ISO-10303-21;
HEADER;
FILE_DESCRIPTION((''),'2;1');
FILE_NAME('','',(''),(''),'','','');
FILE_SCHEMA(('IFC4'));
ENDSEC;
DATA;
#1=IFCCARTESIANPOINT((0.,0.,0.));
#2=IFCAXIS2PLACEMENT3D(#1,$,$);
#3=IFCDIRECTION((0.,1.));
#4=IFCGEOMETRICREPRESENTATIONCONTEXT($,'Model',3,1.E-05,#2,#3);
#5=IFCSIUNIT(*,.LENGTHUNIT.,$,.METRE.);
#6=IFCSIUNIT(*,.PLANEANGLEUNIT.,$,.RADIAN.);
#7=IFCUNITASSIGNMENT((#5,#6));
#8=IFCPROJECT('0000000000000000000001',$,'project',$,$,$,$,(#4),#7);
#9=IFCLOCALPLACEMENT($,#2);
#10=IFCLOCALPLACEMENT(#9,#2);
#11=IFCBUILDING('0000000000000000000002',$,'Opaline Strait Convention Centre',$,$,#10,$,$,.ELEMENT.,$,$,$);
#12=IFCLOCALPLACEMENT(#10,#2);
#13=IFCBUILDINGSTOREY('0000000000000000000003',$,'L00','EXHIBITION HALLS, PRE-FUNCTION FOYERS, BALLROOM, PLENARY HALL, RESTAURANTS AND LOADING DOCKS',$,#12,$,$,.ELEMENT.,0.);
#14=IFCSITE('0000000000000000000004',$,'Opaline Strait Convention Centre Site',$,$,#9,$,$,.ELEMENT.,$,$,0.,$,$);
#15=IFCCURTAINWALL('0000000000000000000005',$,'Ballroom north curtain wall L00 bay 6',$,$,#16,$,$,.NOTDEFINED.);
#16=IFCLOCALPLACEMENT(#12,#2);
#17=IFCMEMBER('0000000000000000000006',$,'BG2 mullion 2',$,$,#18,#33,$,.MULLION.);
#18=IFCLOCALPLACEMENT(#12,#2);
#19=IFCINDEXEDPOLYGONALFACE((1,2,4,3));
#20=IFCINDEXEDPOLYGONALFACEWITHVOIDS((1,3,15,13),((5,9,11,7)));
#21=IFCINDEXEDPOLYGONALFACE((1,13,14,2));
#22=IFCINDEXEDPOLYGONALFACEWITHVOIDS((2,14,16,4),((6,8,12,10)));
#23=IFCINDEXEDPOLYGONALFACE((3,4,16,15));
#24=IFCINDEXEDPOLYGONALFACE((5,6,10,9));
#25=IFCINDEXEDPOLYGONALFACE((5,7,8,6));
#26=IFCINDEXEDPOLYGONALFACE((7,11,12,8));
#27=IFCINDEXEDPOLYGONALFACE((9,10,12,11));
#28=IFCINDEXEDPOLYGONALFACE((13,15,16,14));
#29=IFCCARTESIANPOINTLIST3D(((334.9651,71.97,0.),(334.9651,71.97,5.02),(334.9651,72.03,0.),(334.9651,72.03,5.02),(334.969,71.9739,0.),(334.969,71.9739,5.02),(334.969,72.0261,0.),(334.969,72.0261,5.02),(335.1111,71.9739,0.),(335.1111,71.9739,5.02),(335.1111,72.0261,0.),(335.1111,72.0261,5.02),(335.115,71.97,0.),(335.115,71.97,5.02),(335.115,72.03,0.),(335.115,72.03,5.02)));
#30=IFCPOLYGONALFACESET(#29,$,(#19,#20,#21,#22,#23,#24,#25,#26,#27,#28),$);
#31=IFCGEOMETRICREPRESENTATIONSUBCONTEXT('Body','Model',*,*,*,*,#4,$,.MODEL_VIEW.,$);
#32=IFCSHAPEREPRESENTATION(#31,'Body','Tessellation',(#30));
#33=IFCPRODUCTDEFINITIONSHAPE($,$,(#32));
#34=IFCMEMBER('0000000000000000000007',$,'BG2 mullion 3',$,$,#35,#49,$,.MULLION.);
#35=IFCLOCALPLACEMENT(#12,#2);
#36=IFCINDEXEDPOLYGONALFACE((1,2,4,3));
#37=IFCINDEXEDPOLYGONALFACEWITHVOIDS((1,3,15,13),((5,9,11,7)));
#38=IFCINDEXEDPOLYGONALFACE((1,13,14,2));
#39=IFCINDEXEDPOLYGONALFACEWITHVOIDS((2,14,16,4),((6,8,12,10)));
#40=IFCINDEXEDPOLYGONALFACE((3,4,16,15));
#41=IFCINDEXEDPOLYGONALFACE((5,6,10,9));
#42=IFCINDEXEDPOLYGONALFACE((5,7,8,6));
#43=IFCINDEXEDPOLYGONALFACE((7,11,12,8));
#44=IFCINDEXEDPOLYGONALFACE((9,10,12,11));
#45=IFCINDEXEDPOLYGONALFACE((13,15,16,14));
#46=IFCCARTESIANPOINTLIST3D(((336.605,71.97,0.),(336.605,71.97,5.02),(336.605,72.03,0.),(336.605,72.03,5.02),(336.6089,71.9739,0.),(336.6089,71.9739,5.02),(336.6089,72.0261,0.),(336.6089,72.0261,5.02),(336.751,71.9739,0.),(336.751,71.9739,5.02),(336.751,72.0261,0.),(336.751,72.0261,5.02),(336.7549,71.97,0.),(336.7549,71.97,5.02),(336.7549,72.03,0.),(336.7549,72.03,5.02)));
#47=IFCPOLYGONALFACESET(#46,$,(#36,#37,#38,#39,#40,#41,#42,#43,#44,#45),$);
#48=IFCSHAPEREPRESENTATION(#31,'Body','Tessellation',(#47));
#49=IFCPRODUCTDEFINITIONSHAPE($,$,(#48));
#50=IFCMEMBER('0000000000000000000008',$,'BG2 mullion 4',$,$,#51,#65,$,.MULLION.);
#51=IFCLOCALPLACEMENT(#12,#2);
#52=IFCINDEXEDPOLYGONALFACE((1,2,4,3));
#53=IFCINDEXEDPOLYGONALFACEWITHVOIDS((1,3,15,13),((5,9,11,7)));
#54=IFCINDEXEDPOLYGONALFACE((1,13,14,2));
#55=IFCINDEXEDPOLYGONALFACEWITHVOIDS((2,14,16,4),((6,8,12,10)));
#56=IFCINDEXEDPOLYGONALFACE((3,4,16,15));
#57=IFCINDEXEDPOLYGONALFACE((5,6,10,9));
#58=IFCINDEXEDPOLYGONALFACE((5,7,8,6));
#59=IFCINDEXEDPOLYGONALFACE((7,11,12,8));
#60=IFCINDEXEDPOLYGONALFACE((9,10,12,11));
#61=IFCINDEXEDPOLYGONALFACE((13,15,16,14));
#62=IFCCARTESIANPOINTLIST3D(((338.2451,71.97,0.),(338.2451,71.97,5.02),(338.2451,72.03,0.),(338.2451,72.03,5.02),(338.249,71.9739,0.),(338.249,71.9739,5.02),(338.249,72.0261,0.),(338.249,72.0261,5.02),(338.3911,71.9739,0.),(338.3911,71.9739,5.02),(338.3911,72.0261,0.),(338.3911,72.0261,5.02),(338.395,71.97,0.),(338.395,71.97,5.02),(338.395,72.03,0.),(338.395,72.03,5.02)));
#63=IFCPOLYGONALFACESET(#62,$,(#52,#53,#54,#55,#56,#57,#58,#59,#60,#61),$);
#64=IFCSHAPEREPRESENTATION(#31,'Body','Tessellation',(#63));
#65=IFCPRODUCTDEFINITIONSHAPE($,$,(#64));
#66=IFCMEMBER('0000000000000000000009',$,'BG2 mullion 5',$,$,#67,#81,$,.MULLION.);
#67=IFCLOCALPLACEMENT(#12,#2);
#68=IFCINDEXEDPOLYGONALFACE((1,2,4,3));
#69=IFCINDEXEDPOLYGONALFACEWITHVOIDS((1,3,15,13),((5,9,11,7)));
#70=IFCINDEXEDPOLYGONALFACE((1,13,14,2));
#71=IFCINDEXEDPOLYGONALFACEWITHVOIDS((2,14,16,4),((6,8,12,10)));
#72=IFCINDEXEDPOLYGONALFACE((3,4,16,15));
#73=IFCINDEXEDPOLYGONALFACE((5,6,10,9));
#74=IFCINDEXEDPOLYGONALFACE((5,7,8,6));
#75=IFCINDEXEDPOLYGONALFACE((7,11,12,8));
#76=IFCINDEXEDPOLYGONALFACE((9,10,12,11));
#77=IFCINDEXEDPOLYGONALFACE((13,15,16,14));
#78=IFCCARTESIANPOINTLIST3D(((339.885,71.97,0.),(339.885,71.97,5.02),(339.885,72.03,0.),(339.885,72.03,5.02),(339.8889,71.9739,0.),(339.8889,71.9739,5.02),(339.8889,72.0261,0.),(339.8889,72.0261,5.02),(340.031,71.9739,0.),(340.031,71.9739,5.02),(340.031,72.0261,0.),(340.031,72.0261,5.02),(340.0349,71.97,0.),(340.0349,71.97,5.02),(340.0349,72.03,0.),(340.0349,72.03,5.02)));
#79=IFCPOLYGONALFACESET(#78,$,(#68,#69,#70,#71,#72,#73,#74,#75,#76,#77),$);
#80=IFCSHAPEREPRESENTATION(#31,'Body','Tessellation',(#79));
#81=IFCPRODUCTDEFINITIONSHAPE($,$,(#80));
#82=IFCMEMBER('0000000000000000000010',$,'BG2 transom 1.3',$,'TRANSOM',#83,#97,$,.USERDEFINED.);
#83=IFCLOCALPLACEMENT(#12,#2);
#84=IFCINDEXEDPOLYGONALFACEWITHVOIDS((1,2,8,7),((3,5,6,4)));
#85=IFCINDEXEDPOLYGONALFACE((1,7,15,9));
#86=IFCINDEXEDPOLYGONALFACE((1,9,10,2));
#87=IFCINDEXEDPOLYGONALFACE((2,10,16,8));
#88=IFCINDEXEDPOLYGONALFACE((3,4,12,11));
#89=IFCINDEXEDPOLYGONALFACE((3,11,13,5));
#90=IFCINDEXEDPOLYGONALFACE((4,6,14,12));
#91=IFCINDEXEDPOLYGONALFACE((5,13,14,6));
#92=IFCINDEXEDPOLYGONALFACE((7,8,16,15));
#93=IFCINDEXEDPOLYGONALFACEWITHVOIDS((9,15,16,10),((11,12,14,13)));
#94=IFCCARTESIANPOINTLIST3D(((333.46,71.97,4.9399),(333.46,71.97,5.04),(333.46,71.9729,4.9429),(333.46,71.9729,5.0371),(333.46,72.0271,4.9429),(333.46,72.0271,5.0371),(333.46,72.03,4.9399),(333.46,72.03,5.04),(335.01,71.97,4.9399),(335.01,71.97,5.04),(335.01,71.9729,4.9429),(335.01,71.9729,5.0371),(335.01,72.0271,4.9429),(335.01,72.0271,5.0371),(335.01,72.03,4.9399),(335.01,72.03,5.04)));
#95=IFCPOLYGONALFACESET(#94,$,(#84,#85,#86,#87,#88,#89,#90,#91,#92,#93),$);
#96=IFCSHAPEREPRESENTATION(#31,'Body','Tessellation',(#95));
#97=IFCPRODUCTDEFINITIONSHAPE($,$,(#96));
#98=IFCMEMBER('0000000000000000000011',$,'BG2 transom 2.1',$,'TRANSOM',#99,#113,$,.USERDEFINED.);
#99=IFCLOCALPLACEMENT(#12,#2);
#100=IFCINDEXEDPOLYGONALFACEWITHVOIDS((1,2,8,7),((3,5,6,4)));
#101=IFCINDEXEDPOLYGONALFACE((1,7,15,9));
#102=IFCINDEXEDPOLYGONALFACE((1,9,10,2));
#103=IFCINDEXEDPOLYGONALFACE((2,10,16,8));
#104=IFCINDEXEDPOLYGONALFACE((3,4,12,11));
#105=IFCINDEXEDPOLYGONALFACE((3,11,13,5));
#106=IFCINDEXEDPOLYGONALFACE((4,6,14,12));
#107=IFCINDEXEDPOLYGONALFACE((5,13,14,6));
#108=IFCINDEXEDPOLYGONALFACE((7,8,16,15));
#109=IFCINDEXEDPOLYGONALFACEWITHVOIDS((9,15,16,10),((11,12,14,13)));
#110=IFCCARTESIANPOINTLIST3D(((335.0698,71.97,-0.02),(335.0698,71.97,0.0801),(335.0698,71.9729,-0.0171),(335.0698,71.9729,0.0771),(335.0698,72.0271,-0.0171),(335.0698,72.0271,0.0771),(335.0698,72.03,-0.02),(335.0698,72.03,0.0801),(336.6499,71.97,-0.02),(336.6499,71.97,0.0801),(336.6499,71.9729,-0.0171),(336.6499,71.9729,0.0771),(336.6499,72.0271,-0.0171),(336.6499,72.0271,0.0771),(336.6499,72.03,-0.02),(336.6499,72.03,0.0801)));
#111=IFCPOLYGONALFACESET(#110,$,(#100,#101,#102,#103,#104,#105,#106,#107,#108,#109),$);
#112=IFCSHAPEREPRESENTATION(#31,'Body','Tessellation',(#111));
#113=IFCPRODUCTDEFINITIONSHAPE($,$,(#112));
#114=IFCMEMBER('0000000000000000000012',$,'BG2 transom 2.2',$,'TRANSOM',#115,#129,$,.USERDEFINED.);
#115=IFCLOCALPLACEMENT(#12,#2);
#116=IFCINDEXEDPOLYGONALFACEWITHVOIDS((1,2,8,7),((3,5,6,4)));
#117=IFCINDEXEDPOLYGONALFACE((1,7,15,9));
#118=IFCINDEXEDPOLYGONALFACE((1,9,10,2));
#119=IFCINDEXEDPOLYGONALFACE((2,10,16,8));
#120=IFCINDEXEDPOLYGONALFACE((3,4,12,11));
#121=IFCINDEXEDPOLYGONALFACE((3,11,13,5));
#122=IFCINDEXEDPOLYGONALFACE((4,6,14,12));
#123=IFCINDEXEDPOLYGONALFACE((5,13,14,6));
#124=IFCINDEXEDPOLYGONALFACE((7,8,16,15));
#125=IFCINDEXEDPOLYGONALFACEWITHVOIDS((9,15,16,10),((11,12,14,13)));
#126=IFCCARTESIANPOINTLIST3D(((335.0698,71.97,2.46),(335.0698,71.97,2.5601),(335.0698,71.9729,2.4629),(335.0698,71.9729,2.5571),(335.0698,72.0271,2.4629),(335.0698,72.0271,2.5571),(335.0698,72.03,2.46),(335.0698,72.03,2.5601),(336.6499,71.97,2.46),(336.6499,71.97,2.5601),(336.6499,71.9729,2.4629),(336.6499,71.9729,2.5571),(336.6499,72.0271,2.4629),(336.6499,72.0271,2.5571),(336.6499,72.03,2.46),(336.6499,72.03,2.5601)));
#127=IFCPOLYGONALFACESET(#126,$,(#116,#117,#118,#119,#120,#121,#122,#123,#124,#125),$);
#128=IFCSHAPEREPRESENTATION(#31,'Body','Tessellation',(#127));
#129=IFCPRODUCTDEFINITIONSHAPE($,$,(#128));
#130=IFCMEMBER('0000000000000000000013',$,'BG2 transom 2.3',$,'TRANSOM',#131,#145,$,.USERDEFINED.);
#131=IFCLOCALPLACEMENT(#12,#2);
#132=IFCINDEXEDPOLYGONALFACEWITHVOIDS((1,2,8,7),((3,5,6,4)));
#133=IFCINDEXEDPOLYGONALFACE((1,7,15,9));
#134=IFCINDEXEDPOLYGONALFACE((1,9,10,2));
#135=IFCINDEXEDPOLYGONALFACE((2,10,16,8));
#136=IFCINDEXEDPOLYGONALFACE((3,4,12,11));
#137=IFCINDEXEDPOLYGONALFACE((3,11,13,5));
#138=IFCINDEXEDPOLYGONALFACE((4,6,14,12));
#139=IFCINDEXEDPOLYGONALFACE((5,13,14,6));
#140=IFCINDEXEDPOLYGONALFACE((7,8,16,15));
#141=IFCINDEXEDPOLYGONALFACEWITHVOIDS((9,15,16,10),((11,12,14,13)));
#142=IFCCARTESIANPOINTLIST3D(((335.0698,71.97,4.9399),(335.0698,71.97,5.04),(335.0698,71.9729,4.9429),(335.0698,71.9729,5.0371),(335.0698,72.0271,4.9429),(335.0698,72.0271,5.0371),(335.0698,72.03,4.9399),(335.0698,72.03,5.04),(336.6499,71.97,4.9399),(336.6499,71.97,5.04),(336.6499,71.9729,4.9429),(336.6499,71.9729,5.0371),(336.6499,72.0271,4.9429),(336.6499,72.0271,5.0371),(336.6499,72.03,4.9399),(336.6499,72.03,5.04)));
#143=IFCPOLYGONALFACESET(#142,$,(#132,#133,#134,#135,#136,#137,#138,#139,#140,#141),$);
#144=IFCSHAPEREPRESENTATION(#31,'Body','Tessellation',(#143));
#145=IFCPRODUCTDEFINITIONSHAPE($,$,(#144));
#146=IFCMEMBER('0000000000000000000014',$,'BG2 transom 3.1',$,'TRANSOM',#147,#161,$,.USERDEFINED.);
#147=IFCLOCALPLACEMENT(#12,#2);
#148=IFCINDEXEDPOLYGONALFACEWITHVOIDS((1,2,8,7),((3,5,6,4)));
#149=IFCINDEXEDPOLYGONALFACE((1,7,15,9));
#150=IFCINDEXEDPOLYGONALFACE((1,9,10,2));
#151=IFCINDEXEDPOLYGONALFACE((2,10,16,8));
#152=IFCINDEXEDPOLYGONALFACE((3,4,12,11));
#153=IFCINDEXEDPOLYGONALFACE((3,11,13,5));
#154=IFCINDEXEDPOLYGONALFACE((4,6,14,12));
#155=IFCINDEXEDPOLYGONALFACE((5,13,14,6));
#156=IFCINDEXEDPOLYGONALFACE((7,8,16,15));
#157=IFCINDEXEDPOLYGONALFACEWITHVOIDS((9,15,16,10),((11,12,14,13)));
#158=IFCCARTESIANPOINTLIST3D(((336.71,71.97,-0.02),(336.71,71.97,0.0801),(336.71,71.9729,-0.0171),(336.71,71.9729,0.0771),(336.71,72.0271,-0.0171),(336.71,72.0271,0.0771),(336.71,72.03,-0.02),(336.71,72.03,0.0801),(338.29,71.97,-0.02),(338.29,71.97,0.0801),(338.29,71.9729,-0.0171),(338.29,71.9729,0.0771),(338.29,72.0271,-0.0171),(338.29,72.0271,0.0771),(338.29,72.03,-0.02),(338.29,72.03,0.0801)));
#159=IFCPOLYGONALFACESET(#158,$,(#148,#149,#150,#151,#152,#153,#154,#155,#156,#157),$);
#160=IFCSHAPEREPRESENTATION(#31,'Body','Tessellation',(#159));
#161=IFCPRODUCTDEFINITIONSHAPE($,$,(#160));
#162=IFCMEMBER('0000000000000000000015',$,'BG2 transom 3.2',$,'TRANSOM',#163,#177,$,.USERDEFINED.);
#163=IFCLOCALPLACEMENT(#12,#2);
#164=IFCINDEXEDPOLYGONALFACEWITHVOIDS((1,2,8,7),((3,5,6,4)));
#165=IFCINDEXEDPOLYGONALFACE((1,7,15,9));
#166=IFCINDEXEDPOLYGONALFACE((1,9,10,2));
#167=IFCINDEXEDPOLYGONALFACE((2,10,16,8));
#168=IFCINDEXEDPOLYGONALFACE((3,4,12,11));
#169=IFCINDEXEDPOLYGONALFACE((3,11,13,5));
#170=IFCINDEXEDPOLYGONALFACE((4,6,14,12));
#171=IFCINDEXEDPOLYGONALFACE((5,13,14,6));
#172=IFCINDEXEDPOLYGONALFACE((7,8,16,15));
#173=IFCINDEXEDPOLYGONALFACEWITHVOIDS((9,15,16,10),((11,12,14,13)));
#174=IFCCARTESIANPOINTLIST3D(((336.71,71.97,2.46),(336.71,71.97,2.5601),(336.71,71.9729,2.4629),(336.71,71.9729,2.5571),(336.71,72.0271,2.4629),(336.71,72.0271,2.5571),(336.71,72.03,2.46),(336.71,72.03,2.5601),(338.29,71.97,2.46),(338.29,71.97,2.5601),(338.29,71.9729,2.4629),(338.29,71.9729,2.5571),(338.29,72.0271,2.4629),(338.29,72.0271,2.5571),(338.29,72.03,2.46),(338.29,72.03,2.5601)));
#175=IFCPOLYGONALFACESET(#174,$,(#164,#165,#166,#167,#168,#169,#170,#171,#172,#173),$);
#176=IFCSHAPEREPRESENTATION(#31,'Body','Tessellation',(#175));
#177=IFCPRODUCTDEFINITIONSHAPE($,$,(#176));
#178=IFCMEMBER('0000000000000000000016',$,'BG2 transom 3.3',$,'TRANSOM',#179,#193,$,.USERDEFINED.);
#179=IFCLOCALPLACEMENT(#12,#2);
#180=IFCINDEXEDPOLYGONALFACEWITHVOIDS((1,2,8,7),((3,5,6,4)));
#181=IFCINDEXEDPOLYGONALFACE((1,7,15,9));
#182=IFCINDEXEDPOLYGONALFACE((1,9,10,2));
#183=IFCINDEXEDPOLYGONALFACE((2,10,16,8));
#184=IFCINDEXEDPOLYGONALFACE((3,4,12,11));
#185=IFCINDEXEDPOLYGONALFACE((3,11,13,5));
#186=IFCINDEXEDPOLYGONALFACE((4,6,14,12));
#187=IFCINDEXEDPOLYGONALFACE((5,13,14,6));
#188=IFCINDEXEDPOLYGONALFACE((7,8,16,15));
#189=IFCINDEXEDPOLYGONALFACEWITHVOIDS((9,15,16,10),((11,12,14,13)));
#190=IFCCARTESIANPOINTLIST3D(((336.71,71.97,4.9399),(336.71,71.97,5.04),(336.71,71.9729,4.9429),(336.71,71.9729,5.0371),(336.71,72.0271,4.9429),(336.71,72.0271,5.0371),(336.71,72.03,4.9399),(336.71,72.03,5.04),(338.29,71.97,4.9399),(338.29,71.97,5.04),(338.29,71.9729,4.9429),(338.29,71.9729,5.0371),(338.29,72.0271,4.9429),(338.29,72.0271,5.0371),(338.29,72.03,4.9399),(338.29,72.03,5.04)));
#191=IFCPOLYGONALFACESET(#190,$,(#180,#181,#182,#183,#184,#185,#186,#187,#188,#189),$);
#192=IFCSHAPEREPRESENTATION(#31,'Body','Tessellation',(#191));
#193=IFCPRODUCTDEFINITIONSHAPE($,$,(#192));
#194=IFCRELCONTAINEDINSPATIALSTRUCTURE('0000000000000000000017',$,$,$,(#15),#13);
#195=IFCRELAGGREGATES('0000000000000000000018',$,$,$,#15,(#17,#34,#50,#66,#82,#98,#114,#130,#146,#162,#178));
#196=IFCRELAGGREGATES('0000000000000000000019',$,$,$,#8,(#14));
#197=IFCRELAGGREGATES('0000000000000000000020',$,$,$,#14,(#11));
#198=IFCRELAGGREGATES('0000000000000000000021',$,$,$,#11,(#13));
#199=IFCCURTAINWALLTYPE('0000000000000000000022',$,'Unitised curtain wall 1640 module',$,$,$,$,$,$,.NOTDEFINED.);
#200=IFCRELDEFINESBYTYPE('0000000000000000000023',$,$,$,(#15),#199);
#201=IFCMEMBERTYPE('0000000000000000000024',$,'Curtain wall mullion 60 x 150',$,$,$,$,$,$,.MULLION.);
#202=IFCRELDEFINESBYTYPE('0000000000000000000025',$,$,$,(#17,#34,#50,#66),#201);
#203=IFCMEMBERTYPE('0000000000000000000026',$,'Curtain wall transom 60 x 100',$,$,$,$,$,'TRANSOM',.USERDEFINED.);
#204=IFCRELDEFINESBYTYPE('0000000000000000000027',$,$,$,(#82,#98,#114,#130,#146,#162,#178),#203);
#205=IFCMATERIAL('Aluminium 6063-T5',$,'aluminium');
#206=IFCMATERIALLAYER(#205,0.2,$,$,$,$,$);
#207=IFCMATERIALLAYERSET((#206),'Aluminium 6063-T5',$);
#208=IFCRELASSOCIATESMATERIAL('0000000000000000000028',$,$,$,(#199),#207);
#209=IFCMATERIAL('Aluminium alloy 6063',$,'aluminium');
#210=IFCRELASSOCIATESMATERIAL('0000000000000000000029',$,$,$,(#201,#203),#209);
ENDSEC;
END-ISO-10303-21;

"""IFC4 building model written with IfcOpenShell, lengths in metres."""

from ifc_helpers import new_model, si_unit, direction, frame, origin, origin_2d, place, context, subcontext, project, spatial, hollow_rectangle, extrude, material, layer, layer_set, material_profile, profile_set, type_object, element, aggregate, save


model = new_model("IFC4")

# Units and contexts
model_context = context("Model", 3, precision=1e-05, world=origin(), true_north=direction((0.0, 1.0)))
body_context = subcontext(model_context, "Body", "Model", "MODEL_VIEW")
ifc_project = project(units=[si_unit("LENGTHUNIT", "METRE"), si_unit("PLANEANGLEUNIT", "RADIAN")], contexts=[model_context])

# Site, building, storey
site_placement = place(None, origin())
site = spatial("IfcSite", under=ifc_project, at=site_placement, Name="Opaline Strait Convention Centre Site", CompositionType="ELEMENT", RefElevation=0.0)
building_placement = place(site_placement, origin())
building = spatial("IfcBuilding", under=site, at=building_placement, Name="Opaline Strait Convention Centre", CompositionType="ELEMENT")
storey_placement = place(building_placement, origin())
storey = spatial("IfcBuildingStorey", under=building, at=storey_placement, Name="L00", Description="EXHIBITION HALLS, PRE-FUNCTION FOYERS, BALLROOM, PLENARY HALL, RESTAURANTS AND LOADING DOCKS", CompositionType="ELEMENT", Elevation=0.0)

# Curtain wall, members
ifc_material_1 = material(Name="Aluminium 6063-T5", Category="aluminium")
ifc_layer_1 = layer(ifc_material_1, 0.2)
ifc_layer_set_1 = layer_set([ifc_layer_1], Name="Aluminium 6063-T5")
curtain_wall_type = type_object("IfcCurtainWallType", Name="Unitised curtain wall 1640 module", PredefinedType="NOTDEFINED", material=ifc_layer_set_1)
curtain_wall_placement = place(storey_placement, origin())
curtain_wall = element("IfcCurtainWall", 1, at=curtain_wall_placement, inside=storey, type_object=curtain_wall_type, Name="Ballroom north curtain wall L00 bay 6", PredefinedType="NOTDEFINED")
ifc_material_2 = material(Name="Aluminium alloy 6063", Category="aluminium")
ifc_material_profile_1 = material_profile(ifc_material_2, hollow_rectangle(XDim=0.0601, YDim=0.1499, WallThickness=0.0039, at=origin_2d()), Name="MULLION 60x150x4")
ifc_profile_set_1 = profile_set([ifc_material_profile_1], Name="Aluminium alloy 6063")
member_type_1 = type_object("IfcMemberType", Name="Curtain wall mullion 60 x 150", PredefinedType="MULLION", material=ifc_profile_set_1)
member_1_placement = place(storey_placement, frame((335.04, 72.0, 0.0), z_axis=(0.0, 0.0, 1.0), x_axis=(0.0, 1.0, 0.0)))
member_1 = element("IfcMember", 2, at=member_1_placement, type_object=member_type_1, Name="BG2 mullion 2", PredefinedType="MULLION", context=body_context, shape_type="SweptSolid", body=[
    extrude(hollow_rectangle(XDim=0.0601, YDim=0.1499, WallThickness=0.0039, at=origin_2d()), origin(), (0.0, 0.0, 1.0), 5.02),
])
member_2_placement = place(storey_placement, frame((336.6799, 72.0, 0.0), z_axis=(0.0, 0.0, 1.0), x_axis=(0.0, 1.0, 0.0)))
member_2 = element("IfcMember", 3, at=member_2_placement, type_object=member_type_1, Name="BG2 mullion 3", PredefinedType="MULLION", context=body_context, shape_type="SweptSolid", body=[
    extrude(hollow_rectangle(XDim=0.0601, YDim=0.1499, WallThickness=0.0039, at=origin_2d()), origin(), (0.0, 0.0, 1.0), 5.02),
])
member_3_placement = place(storey_placement, frame((338.3201, 72.0, 0.0), z_axis=(0.0, 0.0, 1.0), x_axis=(0.0, 1.0, 0.0)))
member_3 = element("IfcMember", 4, at=member_3_placement, type_object=member_type_1, Name="BG2 mullion 4", PredefinedType="MULLION", context=body_context, shape_type="SweptSolid", body=[
    extrude(hollow_rectangle(XDim=0.0601, YDim=0.1499, WallThickness=0.0039, at=origin_2d()), origin(), (0.0, 0.0, 1.0), 5.02),
])
member_4_placement = place(storey_placement, frame((339.96, 72.0, 0.0), z_axis=(0.0, 0.0, 1.0), x_axis=(0.0, 1.0, 0.0)))
member_4 = element("IfcMember", 5, at=member_4_placement, type_object=member_type_1, Name="BG2 mullion 5", PredefinedType="MULLION", context=body_context, shape_type="SweptSolid", body=[
    extrude(hollow_rectangle(XDim=0.0601, YDim=0.1499, WallThickness=0.0039, at=origin_2d()), origin(), (0.0, 0.0, 1.0), 5.02),
])
ifc_material_profile_2 = material_profile(ifc_material_2, hollow_rectangle(XDim=0.0601, YDim=0.1001, WallThickness=0.0029, at=origin_2d()), Name="TRANSOM 60x100x3")
ifc_profile_set_2 = profile_set([ifc_material_profile_2], Name="Aluminium alloy 6063")
member_type_2 = type_object("IfcMemberType", Name="Curtain wall transom 60 x 100", ElementType="TRANSOM", PredefinedType="USERDEFINED", material=ifc_profile_set_2)
member_5_placement = place(storey_placement, frame((333.46, 72.0, 4.99), z_axis=(1.0, 0.0, 0.0), x_axis=(0.0, 1.0, 0.0)))
member_5 = element("IfcMember", 6, at=member_5_placement, type_object=member_type_2, Name="BG2 transom 1.3", ObjectType="TRANSOM", PredefinedType="USERDEFINED", context=body_context, shape_type="SweptSolid", body=[
    extrude(hollow_rectangle(XDim=0.0601, YDim=0.1001, WallThickness=0.0029, at=origin_2d()), origin(), (0.0, 0.0, 1.0), 1.55),
])
member_6_placement = place(storey_placement, frame((335.0698, 72.0, 0.03), z_axis=(1.0, 0.0, 0.0), x_axis=(0.0, 1.0, 0.0)))
member_6 = element("IfcMember", 7, at=member_6_placement, type_object=member_type_2, Name="BG2 transom 2.1", ObjectType="TRANSOM", PredefinedType="USERDEFINED", context=body_context, shape_type="SweptSolid", body=[
    extrude(hollow_rectangle(XDim=0.0601, YDim=0.1001, WallThickness=0.0029, at=origin_2d()), origin(), (0.0, 0.0, 1.0), 1.5801),
])
member_7_placement = place(storey_placement, frame((335.0698, 72.0, 2.51), z_axis=(1.0, 0.0, 0.0), x_axis=(0.0, 1.0, 0.0)))
member_7 = element("IfcMember", 8, at=member_7_placement, type_object=member_type_2, Name="BG2 transom 2.2", ObjectType="TRANSOM", PredefinedType="USERDEFINED", context=body_context, shape_type="SweptSolid", body=[
    extrude(hollow_rectangle(XDim=0.0601, YDim=0.1001, WallThickness=0.0029, at=origin_2d()), origin(), (0.0, 0.0, 1.0), 1.5801),
])
member_8_placement = place(storey_placement, frame((335.0698, 72.0, 4.99), z_axis=(1.0, 0.0, 0.0), x_axis=(0.0, 1.0, 0.0)))
member_8 = element("IfcMember", 9, at=member_8_placement, type_object=member_type_2, Name="BG2 transom 2.3", ObjectType="TRANSOM", PredefinedType="USERDEFINED", context=body_context, shape_type="SweptSolid", body=[
    extrude(hollow_rectangle(XDim=0.0601, YDim=0.1001, WallThickness=0.0029, at=origin_2d()), origin(), (0.0, 0.0, 1.0), 1.5801),
])
member_9_placement = place(storey_placement, frame((336.71, 72.0, 0.03), z_axis=(1.0, 0.0, 0.0), x_axis=(0.0, 1.0, 0.0)))
member_9 = element("IfcMember", 10, at=member_9_placement, type_object=member_type_2, Name="BG2 transom 3.1", ObjectType="TRANSOM", PredefinedType="USERDEFINED", context=body_context, shape_type="SweptSolid", body=[
    extrude(hollow_rectangle(XDim=0.0601, YDim=0.1001, WallThickness=0.0029, at=origin_2d()), origin(), (0.0, 0.0, 1.0), 1.5801),
])
member_10_placement = place(storey_placement, frame((336.71, 72.0, 2.51), z_axis=(1.0, 0.0, 0.0), x_axis=(0.0, 1.0, 0.0)))
member_10 = element("IfcMember", 11, at=member_10_placement, type_object=member_type_2, Name="BG2 transom 3.2", ObjectType="TRANSOM", PredefinedType="USERDEFINED", context=body_context, shape_type="SweptSolid", body=[
    extrude(hollow_rectangle(XDim=0.0601, YDim=0.1001, WallThickness=0.0029, at=origin_2d()), origin(), (0.0, 0.0, 1.0), 1.5801),
])
member_11_placement = place(storey_placement, frame((336.71, 72.0, 4.99), z_axis=(1.0, 0.0, 0.0), x_axis=(0.0, 1.0, 0.0)))
member_11 = element("IfcMember", 12, at=member_11_placement, type_object=member_type_2, Name="BG2 transom 3.3", ObjectType="TRANSOM", PredefinedType="USERDEFINED", context=body_context, shape_type="SweptSolid", body=[
    extrude(hollow_rectangle(XDim=0.0601, YDim=0.1001, WallThickness=0.0029, at=origin_2d()), origin(), (0.0, 0.0, 1.0), 1.5801),
])

aggregate(curtain_wall, [member_1, member_2, member_3, member_4, member_5, member_6, member_7, member_8, member_9, member_10, member_11])

save(model, "model.ifc")
